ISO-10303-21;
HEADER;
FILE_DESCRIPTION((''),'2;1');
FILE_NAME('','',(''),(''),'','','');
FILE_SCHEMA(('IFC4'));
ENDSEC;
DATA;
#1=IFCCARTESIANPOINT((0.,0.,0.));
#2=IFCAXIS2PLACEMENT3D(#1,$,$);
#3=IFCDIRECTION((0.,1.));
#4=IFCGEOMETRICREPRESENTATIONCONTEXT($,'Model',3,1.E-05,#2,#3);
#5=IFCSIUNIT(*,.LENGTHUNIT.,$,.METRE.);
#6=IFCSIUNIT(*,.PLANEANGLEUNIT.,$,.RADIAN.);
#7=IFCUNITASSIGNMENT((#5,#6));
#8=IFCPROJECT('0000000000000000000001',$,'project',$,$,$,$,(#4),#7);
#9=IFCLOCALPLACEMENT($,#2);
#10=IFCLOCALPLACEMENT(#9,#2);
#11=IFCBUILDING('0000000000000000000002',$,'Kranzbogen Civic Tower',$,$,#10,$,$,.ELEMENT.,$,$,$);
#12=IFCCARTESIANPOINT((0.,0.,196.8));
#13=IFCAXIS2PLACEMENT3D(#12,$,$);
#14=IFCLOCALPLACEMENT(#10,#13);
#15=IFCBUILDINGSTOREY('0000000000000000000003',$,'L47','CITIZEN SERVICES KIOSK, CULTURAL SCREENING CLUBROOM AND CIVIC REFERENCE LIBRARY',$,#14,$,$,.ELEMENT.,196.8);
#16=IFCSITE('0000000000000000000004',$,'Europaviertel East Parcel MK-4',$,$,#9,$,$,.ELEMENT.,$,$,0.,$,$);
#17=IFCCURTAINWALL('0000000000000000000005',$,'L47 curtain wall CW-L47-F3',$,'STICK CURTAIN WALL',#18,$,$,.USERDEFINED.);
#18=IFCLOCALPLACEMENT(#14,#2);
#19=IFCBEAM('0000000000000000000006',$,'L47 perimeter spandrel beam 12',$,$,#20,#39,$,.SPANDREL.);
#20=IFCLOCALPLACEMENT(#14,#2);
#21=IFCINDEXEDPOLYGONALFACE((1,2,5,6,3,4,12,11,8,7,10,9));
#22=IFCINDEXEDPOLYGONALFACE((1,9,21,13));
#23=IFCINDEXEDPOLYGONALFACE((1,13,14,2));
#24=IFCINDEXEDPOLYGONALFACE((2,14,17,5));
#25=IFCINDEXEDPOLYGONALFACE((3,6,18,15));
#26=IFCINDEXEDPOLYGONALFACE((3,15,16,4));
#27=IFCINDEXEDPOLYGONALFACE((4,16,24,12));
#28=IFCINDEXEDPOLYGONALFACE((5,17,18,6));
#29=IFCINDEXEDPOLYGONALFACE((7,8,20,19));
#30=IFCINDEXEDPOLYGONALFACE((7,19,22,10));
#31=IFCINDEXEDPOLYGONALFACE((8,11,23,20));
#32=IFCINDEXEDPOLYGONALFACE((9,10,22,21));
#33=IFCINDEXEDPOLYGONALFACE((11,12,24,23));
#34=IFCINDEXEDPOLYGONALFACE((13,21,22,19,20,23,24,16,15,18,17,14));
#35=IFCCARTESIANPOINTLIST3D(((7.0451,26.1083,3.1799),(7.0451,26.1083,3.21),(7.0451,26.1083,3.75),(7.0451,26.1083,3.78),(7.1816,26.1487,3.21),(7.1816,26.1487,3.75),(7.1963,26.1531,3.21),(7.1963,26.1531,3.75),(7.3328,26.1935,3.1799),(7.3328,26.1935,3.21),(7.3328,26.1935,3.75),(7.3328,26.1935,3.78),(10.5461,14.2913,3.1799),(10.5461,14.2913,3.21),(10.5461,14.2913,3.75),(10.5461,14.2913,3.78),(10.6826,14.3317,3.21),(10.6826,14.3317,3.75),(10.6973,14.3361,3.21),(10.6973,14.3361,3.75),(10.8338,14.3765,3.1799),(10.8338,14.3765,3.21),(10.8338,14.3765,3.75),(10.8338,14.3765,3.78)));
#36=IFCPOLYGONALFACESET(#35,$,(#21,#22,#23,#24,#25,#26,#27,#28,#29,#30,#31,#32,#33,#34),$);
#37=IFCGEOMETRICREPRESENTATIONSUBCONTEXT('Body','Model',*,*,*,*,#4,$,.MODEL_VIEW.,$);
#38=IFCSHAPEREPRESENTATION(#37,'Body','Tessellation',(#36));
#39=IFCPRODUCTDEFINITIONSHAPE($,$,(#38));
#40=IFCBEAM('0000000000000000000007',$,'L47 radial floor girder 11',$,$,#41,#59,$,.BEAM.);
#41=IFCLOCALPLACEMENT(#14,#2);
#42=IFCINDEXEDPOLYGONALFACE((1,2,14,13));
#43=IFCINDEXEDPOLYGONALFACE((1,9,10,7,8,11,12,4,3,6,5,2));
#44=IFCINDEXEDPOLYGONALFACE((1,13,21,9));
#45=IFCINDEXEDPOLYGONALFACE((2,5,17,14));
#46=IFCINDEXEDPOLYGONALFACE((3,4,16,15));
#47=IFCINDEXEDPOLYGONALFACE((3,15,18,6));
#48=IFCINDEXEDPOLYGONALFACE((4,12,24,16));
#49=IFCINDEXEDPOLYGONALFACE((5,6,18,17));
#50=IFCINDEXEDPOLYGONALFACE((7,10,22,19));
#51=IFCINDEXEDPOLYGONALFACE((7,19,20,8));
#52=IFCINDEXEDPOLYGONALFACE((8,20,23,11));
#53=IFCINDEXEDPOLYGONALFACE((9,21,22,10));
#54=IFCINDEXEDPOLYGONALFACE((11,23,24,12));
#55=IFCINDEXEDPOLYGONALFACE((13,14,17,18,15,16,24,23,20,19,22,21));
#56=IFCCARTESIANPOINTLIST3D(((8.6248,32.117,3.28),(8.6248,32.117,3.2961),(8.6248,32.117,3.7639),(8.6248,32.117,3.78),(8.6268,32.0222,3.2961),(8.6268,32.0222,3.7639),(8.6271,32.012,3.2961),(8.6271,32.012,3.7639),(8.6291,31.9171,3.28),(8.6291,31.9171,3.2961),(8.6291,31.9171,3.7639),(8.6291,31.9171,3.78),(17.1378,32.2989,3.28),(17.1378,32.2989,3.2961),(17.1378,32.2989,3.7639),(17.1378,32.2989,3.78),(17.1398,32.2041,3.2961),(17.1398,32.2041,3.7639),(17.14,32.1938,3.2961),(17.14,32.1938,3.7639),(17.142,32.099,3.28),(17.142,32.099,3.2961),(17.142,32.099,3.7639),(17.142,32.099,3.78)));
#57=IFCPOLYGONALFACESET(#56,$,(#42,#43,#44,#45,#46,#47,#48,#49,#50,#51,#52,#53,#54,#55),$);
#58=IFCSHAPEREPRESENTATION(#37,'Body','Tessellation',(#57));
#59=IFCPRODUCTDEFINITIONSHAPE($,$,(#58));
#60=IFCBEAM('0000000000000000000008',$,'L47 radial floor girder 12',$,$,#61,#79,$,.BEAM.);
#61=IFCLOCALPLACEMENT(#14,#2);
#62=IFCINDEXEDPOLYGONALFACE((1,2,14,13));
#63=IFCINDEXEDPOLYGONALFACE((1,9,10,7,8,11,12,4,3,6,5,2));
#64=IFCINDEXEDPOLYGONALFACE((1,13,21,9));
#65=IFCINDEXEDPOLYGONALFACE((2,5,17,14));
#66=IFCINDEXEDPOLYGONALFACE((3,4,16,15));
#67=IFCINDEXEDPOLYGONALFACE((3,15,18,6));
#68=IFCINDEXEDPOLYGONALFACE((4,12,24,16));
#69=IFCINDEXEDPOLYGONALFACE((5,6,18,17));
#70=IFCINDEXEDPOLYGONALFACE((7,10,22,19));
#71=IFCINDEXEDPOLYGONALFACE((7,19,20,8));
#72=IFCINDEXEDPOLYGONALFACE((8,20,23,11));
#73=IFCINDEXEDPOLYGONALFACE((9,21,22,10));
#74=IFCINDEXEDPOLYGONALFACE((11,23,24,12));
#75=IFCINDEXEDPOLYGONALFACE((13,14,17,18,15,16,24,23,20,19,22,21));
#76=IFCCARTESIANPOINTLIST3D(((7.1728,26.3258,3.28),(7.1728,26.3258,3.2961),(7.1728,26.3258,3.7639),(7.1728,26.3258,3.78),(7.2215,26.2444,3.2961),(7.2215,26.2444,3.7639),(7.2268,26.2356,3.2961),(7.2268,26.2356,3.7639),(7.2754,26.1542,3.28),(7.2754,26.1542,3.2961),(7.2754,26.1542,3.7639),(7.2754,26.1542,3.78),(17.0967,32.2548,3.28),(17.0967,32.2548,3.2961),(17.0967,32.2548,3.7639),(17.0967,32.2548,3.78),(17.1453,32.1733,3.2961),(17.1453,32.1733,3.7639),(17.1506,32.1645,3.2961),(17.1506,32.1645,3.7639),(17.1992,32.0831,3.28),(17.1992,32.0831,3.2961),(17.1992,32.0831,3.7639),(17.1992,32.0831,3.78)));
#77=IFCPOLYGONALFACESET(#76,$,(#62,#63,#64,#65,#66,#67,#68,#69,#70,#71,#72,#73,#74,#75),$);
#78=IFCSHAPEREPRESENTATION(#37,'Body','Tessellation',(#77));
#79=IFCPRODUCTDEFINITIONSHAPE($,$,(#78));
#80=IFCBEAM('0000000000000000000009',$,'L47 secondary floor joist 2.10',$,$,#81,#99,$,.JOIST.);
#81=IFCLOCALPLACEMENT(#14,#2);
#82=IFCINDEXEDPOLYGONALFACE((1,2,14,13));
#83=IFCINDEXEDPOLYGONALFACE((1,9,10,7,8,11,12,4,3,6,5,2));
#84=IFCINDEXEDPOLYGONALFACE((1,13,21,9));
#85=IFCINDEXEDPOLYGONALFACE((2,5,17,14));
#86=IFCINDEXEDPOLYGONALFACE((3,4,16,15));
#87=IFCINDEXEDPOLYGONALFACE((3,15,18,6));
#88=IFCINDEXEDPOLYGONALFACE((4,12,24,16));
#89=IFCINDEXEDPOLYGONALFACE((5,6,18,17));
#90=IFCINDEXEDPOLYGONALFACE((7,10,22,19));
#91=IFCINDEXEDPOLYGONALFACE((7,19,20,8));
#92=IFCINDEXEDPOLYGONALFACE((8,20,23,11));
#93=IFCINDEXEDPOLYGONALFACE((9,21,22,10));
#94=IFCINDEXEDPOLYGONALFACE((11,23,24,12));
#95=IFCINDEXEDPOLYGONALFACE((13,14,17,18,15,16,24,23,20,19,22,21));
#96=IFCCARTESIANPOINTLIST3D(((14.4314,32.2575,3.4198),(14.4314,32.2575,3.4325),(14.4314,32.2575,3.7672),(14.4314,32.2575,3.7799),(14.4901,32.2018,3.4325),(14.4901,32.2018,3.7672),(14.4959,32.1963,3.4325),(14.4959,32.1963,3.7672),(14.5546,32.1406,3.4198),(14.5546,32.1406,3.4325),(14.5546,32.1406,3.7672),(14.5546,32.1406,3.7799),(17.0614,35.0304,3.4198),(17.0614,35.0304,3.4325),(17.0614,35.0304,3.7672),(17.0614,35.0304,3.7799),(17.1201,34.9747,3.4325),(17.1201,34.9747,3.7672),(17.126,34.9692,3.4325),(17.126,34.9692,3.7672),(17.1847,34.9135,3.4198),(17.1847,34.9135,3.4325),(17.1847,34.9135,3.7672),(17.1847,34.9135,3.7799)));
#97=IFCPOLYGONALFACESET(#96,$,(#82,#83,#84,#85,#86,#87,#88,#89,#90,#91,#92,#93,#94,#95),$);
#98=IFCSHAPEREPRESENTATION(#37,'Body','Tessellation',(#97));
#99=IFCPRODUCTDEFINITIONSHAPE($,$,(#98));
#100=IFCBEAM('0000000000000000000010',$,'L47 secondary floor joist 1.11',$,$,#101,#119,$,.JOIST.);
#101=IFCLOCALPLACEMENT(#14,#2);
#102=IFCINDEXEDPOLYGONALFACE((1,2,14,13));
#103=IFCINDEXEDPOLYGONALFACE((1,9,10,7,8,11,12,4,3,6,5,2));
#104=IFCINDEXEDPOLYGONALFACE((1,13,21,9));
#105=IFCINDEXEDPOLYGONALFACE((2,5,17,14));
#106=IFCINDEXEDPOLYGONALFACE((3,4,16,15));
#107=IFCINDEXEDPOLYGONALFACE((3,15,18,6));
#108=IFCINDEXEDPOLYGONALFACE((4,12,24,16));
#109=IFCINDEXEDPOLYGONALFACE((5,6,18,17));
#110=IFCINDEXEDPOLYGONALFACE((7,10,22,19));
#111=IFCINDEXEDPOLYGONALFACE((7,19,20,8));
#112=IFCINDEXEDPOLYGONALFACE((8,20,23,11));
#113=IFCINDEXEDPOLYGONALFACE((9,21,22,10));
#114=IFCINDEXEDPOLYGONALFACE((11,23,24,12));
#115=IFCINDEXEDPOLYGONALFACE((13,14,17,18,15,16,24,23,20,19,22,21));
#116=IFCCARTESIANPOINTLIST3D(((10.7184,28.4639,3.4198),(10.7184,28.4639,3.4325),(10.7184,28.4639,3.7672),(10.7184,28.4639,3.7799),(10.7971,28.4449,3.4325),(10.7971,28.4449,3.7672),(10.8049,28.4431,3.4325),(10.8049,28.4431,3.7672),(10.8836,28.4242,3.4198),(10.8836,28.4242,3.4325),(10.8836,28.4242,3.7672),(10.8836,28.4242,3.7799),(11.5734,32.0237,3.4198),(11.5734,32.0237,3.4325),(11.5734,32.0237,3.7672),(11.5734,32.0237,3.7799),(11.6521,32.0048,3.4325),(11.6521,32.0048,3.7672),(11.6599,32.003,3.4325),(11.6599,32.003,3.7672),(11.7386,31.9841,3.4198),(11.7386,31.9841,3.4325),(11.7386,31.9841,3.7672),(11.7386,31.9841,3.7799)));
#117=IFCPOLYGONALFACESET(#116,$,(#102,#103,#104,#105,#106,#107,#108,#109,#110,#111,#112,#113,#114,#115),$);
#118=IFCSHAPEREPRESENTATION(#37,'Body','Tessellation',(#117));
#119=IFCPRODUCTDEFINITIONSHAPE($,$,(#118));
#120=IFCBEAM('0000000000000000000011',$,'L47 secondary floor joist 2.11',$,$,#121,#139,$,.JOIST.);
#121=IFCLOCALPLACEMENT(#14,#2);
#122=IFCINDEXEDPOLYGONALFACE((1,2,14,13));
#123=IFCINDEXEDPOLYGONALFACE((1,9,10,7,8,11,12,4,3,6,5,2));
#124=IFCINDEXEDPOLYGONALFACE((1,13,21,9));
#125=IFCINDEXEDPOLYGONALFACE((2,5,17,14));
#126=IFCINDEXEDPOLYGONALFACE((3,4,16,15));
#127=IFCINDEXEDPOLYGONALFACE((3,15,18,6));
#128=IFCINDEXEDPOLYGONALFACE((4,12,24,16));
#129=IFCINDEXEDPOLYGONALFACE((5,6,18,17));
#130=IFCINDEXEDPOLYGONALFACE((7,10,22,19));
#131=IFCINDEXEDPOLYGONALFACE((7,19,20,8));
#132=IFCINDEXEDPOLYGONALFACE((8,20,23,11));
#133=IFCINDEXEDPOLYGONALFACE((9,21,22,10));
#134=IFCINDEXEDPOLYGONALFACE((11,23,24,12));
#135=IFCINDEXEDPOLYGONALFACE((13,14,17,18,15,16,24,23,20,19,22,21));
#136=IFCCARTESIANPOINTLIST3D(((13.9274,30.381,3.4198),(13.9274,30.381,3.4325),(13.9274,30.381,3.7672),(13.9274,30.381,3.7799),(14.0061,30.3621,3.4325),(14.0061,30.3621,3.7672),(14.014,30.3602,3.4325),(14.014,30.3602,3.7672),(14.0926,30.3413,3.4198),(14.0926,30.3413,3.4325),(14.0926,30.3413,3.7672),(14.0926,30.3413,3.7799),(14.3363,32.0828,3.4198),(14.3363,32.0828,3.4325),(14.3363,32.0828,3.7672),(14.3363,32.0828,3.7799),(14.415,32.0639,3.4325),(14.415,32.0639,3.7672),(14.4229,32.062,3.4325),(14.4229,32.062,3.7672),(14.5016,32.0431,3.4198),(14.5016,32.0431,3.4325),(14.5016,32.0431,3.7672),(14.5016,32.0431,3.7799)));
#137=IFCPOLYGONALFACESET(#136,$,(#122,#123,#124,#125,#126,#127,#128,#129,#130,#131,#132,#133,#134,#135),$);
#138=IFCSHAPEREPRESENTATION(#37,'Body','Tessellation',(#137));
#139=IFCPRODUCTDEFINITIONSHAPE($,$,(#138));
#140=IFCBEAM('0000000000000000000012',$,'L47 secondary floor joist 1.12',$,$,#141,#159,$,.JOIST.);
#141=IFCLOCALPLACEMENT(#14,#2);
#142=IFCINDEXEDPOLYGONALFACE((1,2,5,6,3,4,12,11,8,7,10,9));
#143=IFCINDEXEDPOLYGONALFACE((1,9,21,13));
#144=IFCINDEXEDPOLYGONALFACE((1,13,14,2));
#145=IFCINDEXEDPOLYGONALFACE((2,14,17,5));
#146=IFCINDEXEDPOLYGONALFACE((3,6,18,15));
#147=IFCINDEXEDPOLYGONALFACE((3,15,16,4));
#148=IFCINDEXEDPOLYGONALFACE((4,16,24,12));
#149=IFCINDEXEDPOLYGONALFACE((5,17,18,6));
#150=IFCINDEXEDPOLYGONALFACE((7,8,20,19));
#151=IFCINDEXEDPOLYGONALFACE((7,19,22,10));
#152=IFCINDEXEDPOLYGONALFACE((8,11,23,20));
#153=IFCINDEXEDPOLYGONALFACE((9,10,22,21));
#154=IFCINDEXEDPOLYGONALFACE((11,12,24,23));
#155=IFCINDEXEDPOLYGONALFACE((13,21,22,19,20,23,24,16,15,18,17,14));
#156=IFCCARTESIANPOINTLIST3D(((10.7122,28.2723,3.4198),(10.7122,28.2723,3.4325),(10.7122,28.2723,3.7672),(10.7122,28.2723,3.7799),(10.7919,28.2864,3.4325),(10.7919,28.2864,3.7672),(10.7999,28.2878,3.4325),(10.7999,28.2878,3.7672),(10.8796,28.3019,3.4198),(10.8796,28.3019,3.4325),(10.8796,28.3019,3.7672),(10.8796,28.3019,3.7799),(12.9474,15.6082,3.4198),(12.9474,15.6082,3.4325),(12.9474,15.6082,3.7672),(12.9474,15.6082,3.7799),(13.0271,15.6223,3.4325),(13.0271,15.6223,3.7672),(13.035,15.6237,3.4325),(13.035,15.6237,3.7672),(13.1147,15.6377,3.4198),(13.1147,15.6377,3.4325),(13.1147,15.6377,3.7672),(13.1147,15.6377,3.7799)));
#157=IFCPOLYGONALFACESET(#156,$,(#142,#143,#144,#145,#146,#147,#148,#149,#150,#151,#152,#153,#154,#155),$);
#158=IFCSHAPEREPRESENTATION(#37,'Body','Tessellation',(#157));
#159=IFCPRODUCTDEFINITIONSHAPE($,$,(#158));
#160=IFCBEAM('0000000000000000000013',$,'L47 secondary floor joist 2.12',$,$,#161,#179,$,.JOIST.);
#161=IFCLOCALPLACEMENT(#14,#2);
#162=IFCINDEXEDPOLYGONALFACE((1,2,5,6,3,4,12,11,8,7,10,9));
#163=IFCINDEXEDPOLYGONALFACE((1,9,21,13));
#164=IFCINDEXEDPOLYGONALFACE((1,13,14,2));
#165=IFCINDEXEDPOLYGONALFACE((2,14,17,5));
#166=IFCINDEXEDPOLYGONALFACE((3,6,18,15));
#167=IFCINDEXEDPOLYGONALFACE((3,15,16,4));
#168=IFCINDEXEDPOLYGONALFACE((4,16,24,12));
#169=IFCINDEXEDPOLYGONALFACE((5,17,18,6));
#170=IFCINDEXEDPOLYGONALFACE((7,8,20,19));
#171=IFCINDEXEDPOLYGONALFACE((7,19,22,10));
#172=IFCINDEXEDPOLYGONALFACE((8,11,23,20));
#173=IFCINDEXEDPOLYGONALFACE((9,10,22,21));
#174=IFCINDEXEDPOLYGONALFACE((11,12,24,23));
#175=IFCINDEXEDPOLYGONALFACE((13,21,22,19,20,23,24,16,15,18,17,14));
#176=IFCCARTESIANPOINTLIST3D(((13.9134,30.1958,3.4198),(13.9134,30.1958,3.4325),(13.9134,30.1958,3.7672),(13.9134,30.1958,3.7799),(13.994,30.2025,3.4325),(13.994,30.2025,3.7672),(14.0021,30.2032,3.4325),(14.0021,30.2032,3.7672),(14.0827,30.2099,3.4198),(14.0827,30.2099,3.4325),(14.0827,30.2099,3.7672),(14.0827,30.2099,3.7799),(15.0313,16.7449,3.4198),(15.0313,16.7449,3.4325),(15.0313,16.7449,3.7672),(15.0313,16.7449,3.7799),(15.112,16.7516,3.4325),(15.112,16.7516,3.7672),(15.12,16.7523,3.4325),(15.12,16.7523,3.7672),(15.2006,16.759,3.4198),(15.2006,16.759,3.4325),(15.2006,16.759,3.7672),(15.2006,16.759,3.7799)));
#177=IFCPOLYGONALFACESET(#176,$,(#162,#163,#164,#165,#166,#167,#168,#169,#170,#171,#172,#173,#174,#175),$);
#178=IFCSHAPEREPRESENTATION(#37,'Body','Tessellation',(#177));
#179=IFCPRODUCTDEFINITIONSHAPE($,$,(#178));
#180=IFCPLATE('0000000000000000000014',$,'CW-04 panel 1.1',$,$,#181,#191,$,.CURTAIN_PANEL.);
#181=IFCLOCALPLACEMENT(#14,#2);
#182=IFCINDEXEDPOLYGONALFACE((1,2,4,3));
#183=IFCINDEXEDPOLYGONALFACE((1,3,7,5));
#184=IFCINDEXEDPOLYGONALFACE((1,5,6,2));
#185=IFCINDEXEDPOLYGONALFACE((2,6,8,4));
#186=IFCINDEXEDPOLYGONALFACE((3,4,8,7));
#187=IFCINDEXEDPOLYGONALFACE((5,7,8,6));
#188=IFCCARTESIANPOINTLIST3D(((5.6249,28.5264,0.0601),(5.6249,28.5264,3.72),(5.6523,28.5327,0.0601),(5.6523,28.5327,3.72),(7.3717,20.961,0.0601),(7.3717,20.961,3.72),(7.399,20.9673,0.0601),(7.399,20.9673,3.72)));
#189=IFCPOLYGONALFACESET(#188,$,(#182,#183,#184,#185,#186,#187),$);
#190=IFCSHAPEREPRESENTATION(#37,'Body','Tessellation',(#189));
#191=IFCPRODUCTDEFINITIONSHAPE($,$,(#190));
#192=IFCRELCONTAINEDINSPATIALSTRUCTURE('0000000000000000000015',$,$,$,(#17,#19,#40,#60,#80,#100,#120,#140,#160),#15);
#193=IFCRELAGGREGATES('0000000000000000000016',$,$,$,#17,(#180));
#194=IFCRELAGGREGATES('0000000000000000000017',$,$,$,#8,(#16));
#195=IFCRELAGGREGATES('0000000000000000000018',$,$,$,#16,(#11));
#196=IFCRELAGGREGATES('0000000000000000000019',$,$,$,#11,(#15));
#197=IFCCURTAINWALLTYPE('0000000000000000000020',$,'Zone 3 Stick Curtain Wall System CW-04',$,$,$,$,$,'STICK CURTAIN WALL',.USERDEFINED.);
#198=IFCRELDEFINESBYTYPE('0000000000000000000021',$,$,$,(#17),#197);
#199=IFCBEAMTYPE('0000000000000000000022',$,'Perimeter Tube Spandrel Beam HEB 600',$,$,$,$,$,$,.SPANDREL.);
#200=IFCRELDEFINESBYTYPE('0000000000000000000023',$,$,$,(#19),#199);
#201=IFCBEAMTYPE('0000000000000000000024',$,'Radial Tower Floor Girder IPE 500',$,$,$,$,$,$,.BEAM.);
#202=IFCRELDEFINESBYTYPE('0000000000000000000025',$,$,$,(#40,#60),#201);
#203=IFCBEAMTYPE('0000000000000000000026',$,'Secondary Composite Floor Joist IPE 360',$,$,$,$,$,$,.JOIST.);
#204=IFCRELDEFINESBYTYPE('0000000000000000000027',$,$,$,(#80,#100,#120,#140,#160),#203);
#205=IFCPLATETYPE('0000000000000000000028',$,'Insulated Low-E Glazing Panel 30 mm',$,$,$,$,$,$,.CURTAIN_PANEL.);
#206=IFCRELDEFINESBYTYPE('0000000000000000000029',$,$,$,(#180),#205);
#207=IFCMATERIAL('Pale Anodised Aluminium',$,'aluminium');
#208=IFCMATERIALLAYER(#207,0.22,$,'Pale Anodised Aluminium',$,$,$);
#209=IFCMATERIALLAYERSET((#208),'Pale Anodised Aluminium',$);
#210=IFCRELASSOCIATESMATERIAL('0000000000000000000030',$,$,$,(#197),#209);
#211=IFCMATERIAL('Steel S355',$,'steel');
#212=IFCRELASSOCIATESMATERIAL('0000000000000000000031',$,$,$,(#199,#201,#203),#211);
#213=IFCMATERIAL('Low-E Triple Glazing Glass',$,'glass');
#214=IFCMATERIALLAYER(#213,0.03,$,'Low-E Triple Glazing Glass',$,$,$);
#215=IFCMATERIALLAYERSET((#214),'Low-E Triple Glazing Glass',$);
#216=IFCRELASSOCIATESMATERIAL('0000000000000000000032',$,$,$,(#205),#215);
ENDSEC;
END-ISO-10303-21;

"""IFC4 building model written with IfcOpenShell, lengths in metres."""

from ifc_helpers import new_model, si_unit, direction, frame, origin, origin_2d, place, context, subcontext, project, spatial, rectangle, i_section, extrude, material, layer, layer_set, material_profile, profile_set, type_object, element, aggregate, save


model = new_model("IFC4")

# Units and contexts
model_context = context("Model", 3, precision=1e-05, world=origin(), true_north=direction((0.0, 1.0)))
body_context = subcontext(model_context, "Body", "Model", "MODEL_VIEW")
ifc_project = project(units=[si_unit("LENGTHUNIT", "METRE"), si_unit("PLANEANGLEUNIT", "RADIAN")], contexts=[model_context])

# Site, building, storey
site_placement = place(None, origin())
site = spatial("IfcSite", under=ifc_project, at=site_placement, Name="Europaviertel East Parcel MK-4", CompositionType="ELEMENT", RefElevation=0.0)
building_placement = place(site_placement, origin())
building = spatial("IfcBuilding", under=site, at=building_placement, Name="Kranzbogen Civic Tower", CompositionType="ELEMENT")
storey_placement = place(building_placement, frame((0.0, 0.0, 196.8)))
storey = spatial("IfcBuildingStorey", under=building, at=storey_placement, Name="L47", Description="CITIZEN SERVICES KIOSK, CULTURAL SCREENING CLUBROOM AND CIVIC REFERENCE LIBRARY", CompositionType="ELEMENT", Elevation=196.8)

# Shared definitions
ifc_material_1 = material(Name="Steel S355", Category="steel")

# Shared definitions
ifc_material_2 = material(Name="Pale Anodised Aluminium", Category="aluminium")
ifc_layer_1 = layer(ifc_material_2, 0.22, Name="Pale Anodised Aluminium")
ifc_layer_set_1 = layer_set([ifc_layer_1], Name="Pale Anodised Aluminium")
curtain_wall_type = type_object("IfcCurtainWallType", Name="Zone 3 Stick Curtain Wall System CW-04", ElementType="STICK CURTAIN WALL", PredefinedType="USERDEFINED", material=ifc_layer_set_1)

# Curtain wall
curtain_wall_1_placement = place(storey_placement, origin())
curtain_wall_1 = element("IfcCurtainWall", 1, at=curtain_wall_1_placement, inside=storey, type_object=curtain_wall_type, Name="L47 curtain wall CW-L47-F3", ObjectType="STICK CURTAIN WALL", PredefinedType="USERDEFINED")

# Beams
ifc_material_profile_1 = material_profile(ifc_material_1, i_section(OverallWidth=0.3, OverallDepth=0.6001, WebThickness=0.0154, FlangeThickness=0.03, at=origin_2d()), Name="HEB 600")
ifc_profile_set_1 = profile_set([ifc_material_profile_1], Name="Steel S355")
beam_type_1 = type_object("IfcBeamType", Name="Perimeter Tube Spandrel Beam HEB 600", PredefinedType="SPANDREL", material=ifc_profile_set_1)
beam_1_placement = place(storey_placement, frame((7.189, 26.1509, 3.48), z_axis=(0.284064, -0.958805, 0.0), x_axis=(0.958805, 0.284064, 0.0)))
element("IfcBeam", 2, at=beam_1_placement, inside=storey, type_object=beam_type_1, Name="L47 perimeter spandrel beam 12", PredefinedType="SPANDREL", context=body_context, shape_type="SweptSolid", body=[
    extrude(i_section(OverallWidth=0.3, OverallDepth=0.6001, WebThickness=0.0154, FlangeThickness=0.03, at=origin_2d()), origin(), (0.0, 0.0, 1.0), 12.3247),
])
ifc_material_profile_2 = material_profile(ifc_material_1, i_section(OverallWidth=0.2, OverallDepth=0.5, WebThickness=0.0103, FlangeThickness=0.0161, at=origin_2d()), Name="IPE 500")
ifc_profile_set_2 = profile_set([ifc_material_profile_2], Name="Steel S355")
beam_type_2 = type_object("IfcBeamType", Name="Radial Tower Floor Girder IPE 500", PredefinedType="BEAM", material=ifc_profile_set_2)
beam_2_placement = place(storey_placement, frame((8.627, 32.0171, 3.53), z_axis=(0.999772, 0.021361, 0.0), x_axis=(-0.021361, 0.999772, 0.0)))
element("IfcBeam", 3, at=beam_2_placement, inside=storey, type_object=beam_type_2, Name="L47 radial floor girder 11", PredefinedType="BEAM", context=body_context, shape_type="SweptSolid", body=[
    extrude(i_section(OverallWidth=0.2, OverallDepth=0.5, WebThickness=0.0103, FlangeThickness=0.0161, at=origin_2d()), origin(), (0.0, 0.0, 1.0), 8.5149),
])
beam_3_placement = place(storey_placement, frame((7.2241, 26.24, 3.53), z_axis=(0.858459, 0.512883, 0.0), x_axis=(-0.512883, 0.858459, 0.0)))
element("IfcBeam", 4, at=beam_3_placement, inside=storey, type_object=beam_type_2, Name="L47 radial floor girder 12", PredefinedType="BEAM", context=body_context, shape_type="SweptSolid", body=[
    extrude(i_section(OverallWidth=0.2, OverallDepth=0.5, WebThickness=0.0103, FlangeThickness=0.0161, at=origin_2d()), origin(), (0.0, 0.0, 1.0), 11.5601),
])
ifc_material_profile_3 = material_profile(ifc_material_1, i_section(OverallWidth=0.1699, OverallDepth=0.3601, WebThickness=0.0081, FlangeThickness=0.0127, at=origin_2d()), Name="IPE 360")
ifc_profile_set_3 = profile_set([ifc_material_profile_3], Name="Steel S355")
beam_type_3 = type_object("IfcBeamType", Name="Secondary Composite Floor Joist IPE 360", PredefinedType="JOIST", material=ifc_profile_set_3)
beam_4_placement = place(storey_placement, frame((17.123, 34.9719, 3.5999), z_axis=(-0.688175, -0.725545, 0.0), x_axis=(0.725545, -0.688175, 0.0)))
element("IfcBeam", 5, at=beam_4_placement, inside=storey, type_object=beam_type_3, Name="L47 secondary floor joist 2.10", PredefinedType="JOIST", context=body_context, shape_type="SweptSolid", body=[
    extrude(i_section(OverallWidth=0.1699, OverallDepth=0.3601, WebThickness=0.0081, FlangeThickness=0.0127, at=origin_2d()), origin(), (0.0, 0.0, 1.0), 3.8218),
])
beam_5_placement = place(storey_placement, frame((11.656, 32.0039, 3.5999), z_axis=(-0.233534, -0.972349, 0.0), x_axis=(0.972349, -0.233534, 0.0)))
element("IfcBeam", 6, at=beam_5_placement, inside=storey, type_object=beam_type_3, Name="L47 secondary floor joist 1.11", PredefinedType="JOIST", context=body_context, shape_type="SweptSolid", body=[
    extrude(i_section(OverallWidth=0.1699, OverallDepth=0.3601, WebThickness=0.0081, FlangeThickness=0.0127, at=origin_2d()), origin(), (0.0, 0.0, 1.0), 3.6611),
])
beam_6_placement = place(storey_placement, frame((14.4189, 32.063, 3.5999), z_axis=(-0.233631, -0.972325, 0.0), x_axis=(0.972325, -0.233631, 0.0)))
element("IfcBeam", 7, at=beam_6_placement, inside=storey, type_object=beam_type_3, Name="L47 secondary floor joist 2.11", PredefinedType="JOIST", context=body_context, shape_type="SweptSolid", body=[
    extrude(i_section(OverallWidth=0.1699, OverallDepth=0.3601, WebThickness=0.0081, FlangeThickness=0.0127, at=origin_2d()), origin(), (0.0, 0.0, 1.0), 1.7502),
])
beam_7_placement = place(storey_placement, frame((10.7959, 28.2871, 3.5999), z_axis=(0.173806, -0.98478, 0.0), x_axis=(0.98478, 0.173806, 0.0)))
element("IfcBeam", 8, at=beam_7_placement, inside=storey, type_object=beam_type_3, Name="L47 secondary floor joist 1.12", PredefinedType="JOIST", context=body_context, shape_type="SweptSolid", body=[
    extrude(i_section(OverallWidth=0.1699, OverallDepth=0.3601, WebThickness=0.0081, FlangeThickness=0.0127, at=origin_2d()), origin(), (0.0, 0.0, 1.0), 12.8599),
])
beam_8_placement = place(storey_placement, frame((13.998, 30.2029, 3.5999), z_axis=(0.082825, -0.996564, 0.0), x_axis=(0.996564, 0.082825, 0.0)))
element("IfcBeam", 9, at=beam_8_placement, inside=storey, type_object=beam_type_3, Name="L47 secondary floor joist 2.12", PredefinedType="JOIST", context=body_context, shape_type="SweptSolid", body=[
    extrude(i_section(OverallWidth=0.1699, OverallDepth=0.3601, WebThickness=0.0081, FlangeThickness=0.0127, at=origin_2d()), origin(), (0.0, 0.0, 1.0), 13.4973),
])

# Plate
ifc_material_3 = material(Name="Low-E Triple Glazing Glass", Category="glass")
ifc_layer_2 = layer(ifc_material_3, 0.03, Name="Low-E Triple Glazing Glass")
ifc_layer_set_2 = layer_set([ifc_layer_2], Name="Low-E Triple Glazing Glass")
plate_type = type_object("IfcPlateType", Name="Insulated Low-E Glazing Panel 30 mm", PredefinedType="CURTAIN_PANEL", material=ifc_layer_set_2)
plate_placement = place(storey_placement, frame((6.512, 24.7468, 0.0601), z_axis=(0.0, 0.0, 1.0), x_axis=(0.224971, -0.974365, 0.0)))
plate = element("IfcPlate", 10, at=plate_placement, type_object=plate_type, Name="CW-04 panel 1.1", PredefinedType="CURTAIN_PANEL", context=body_context, shape_type="SweptSolid", body=[
    extrude(rectangle(XDim=7.7644, YDim=0.0281, at=origin_2d()), origin(), (0.0, 0.0, 1.0), 3.6599),
])
aggregate(curtain_wall_1, [plate])

save(model, "model.ifc")
